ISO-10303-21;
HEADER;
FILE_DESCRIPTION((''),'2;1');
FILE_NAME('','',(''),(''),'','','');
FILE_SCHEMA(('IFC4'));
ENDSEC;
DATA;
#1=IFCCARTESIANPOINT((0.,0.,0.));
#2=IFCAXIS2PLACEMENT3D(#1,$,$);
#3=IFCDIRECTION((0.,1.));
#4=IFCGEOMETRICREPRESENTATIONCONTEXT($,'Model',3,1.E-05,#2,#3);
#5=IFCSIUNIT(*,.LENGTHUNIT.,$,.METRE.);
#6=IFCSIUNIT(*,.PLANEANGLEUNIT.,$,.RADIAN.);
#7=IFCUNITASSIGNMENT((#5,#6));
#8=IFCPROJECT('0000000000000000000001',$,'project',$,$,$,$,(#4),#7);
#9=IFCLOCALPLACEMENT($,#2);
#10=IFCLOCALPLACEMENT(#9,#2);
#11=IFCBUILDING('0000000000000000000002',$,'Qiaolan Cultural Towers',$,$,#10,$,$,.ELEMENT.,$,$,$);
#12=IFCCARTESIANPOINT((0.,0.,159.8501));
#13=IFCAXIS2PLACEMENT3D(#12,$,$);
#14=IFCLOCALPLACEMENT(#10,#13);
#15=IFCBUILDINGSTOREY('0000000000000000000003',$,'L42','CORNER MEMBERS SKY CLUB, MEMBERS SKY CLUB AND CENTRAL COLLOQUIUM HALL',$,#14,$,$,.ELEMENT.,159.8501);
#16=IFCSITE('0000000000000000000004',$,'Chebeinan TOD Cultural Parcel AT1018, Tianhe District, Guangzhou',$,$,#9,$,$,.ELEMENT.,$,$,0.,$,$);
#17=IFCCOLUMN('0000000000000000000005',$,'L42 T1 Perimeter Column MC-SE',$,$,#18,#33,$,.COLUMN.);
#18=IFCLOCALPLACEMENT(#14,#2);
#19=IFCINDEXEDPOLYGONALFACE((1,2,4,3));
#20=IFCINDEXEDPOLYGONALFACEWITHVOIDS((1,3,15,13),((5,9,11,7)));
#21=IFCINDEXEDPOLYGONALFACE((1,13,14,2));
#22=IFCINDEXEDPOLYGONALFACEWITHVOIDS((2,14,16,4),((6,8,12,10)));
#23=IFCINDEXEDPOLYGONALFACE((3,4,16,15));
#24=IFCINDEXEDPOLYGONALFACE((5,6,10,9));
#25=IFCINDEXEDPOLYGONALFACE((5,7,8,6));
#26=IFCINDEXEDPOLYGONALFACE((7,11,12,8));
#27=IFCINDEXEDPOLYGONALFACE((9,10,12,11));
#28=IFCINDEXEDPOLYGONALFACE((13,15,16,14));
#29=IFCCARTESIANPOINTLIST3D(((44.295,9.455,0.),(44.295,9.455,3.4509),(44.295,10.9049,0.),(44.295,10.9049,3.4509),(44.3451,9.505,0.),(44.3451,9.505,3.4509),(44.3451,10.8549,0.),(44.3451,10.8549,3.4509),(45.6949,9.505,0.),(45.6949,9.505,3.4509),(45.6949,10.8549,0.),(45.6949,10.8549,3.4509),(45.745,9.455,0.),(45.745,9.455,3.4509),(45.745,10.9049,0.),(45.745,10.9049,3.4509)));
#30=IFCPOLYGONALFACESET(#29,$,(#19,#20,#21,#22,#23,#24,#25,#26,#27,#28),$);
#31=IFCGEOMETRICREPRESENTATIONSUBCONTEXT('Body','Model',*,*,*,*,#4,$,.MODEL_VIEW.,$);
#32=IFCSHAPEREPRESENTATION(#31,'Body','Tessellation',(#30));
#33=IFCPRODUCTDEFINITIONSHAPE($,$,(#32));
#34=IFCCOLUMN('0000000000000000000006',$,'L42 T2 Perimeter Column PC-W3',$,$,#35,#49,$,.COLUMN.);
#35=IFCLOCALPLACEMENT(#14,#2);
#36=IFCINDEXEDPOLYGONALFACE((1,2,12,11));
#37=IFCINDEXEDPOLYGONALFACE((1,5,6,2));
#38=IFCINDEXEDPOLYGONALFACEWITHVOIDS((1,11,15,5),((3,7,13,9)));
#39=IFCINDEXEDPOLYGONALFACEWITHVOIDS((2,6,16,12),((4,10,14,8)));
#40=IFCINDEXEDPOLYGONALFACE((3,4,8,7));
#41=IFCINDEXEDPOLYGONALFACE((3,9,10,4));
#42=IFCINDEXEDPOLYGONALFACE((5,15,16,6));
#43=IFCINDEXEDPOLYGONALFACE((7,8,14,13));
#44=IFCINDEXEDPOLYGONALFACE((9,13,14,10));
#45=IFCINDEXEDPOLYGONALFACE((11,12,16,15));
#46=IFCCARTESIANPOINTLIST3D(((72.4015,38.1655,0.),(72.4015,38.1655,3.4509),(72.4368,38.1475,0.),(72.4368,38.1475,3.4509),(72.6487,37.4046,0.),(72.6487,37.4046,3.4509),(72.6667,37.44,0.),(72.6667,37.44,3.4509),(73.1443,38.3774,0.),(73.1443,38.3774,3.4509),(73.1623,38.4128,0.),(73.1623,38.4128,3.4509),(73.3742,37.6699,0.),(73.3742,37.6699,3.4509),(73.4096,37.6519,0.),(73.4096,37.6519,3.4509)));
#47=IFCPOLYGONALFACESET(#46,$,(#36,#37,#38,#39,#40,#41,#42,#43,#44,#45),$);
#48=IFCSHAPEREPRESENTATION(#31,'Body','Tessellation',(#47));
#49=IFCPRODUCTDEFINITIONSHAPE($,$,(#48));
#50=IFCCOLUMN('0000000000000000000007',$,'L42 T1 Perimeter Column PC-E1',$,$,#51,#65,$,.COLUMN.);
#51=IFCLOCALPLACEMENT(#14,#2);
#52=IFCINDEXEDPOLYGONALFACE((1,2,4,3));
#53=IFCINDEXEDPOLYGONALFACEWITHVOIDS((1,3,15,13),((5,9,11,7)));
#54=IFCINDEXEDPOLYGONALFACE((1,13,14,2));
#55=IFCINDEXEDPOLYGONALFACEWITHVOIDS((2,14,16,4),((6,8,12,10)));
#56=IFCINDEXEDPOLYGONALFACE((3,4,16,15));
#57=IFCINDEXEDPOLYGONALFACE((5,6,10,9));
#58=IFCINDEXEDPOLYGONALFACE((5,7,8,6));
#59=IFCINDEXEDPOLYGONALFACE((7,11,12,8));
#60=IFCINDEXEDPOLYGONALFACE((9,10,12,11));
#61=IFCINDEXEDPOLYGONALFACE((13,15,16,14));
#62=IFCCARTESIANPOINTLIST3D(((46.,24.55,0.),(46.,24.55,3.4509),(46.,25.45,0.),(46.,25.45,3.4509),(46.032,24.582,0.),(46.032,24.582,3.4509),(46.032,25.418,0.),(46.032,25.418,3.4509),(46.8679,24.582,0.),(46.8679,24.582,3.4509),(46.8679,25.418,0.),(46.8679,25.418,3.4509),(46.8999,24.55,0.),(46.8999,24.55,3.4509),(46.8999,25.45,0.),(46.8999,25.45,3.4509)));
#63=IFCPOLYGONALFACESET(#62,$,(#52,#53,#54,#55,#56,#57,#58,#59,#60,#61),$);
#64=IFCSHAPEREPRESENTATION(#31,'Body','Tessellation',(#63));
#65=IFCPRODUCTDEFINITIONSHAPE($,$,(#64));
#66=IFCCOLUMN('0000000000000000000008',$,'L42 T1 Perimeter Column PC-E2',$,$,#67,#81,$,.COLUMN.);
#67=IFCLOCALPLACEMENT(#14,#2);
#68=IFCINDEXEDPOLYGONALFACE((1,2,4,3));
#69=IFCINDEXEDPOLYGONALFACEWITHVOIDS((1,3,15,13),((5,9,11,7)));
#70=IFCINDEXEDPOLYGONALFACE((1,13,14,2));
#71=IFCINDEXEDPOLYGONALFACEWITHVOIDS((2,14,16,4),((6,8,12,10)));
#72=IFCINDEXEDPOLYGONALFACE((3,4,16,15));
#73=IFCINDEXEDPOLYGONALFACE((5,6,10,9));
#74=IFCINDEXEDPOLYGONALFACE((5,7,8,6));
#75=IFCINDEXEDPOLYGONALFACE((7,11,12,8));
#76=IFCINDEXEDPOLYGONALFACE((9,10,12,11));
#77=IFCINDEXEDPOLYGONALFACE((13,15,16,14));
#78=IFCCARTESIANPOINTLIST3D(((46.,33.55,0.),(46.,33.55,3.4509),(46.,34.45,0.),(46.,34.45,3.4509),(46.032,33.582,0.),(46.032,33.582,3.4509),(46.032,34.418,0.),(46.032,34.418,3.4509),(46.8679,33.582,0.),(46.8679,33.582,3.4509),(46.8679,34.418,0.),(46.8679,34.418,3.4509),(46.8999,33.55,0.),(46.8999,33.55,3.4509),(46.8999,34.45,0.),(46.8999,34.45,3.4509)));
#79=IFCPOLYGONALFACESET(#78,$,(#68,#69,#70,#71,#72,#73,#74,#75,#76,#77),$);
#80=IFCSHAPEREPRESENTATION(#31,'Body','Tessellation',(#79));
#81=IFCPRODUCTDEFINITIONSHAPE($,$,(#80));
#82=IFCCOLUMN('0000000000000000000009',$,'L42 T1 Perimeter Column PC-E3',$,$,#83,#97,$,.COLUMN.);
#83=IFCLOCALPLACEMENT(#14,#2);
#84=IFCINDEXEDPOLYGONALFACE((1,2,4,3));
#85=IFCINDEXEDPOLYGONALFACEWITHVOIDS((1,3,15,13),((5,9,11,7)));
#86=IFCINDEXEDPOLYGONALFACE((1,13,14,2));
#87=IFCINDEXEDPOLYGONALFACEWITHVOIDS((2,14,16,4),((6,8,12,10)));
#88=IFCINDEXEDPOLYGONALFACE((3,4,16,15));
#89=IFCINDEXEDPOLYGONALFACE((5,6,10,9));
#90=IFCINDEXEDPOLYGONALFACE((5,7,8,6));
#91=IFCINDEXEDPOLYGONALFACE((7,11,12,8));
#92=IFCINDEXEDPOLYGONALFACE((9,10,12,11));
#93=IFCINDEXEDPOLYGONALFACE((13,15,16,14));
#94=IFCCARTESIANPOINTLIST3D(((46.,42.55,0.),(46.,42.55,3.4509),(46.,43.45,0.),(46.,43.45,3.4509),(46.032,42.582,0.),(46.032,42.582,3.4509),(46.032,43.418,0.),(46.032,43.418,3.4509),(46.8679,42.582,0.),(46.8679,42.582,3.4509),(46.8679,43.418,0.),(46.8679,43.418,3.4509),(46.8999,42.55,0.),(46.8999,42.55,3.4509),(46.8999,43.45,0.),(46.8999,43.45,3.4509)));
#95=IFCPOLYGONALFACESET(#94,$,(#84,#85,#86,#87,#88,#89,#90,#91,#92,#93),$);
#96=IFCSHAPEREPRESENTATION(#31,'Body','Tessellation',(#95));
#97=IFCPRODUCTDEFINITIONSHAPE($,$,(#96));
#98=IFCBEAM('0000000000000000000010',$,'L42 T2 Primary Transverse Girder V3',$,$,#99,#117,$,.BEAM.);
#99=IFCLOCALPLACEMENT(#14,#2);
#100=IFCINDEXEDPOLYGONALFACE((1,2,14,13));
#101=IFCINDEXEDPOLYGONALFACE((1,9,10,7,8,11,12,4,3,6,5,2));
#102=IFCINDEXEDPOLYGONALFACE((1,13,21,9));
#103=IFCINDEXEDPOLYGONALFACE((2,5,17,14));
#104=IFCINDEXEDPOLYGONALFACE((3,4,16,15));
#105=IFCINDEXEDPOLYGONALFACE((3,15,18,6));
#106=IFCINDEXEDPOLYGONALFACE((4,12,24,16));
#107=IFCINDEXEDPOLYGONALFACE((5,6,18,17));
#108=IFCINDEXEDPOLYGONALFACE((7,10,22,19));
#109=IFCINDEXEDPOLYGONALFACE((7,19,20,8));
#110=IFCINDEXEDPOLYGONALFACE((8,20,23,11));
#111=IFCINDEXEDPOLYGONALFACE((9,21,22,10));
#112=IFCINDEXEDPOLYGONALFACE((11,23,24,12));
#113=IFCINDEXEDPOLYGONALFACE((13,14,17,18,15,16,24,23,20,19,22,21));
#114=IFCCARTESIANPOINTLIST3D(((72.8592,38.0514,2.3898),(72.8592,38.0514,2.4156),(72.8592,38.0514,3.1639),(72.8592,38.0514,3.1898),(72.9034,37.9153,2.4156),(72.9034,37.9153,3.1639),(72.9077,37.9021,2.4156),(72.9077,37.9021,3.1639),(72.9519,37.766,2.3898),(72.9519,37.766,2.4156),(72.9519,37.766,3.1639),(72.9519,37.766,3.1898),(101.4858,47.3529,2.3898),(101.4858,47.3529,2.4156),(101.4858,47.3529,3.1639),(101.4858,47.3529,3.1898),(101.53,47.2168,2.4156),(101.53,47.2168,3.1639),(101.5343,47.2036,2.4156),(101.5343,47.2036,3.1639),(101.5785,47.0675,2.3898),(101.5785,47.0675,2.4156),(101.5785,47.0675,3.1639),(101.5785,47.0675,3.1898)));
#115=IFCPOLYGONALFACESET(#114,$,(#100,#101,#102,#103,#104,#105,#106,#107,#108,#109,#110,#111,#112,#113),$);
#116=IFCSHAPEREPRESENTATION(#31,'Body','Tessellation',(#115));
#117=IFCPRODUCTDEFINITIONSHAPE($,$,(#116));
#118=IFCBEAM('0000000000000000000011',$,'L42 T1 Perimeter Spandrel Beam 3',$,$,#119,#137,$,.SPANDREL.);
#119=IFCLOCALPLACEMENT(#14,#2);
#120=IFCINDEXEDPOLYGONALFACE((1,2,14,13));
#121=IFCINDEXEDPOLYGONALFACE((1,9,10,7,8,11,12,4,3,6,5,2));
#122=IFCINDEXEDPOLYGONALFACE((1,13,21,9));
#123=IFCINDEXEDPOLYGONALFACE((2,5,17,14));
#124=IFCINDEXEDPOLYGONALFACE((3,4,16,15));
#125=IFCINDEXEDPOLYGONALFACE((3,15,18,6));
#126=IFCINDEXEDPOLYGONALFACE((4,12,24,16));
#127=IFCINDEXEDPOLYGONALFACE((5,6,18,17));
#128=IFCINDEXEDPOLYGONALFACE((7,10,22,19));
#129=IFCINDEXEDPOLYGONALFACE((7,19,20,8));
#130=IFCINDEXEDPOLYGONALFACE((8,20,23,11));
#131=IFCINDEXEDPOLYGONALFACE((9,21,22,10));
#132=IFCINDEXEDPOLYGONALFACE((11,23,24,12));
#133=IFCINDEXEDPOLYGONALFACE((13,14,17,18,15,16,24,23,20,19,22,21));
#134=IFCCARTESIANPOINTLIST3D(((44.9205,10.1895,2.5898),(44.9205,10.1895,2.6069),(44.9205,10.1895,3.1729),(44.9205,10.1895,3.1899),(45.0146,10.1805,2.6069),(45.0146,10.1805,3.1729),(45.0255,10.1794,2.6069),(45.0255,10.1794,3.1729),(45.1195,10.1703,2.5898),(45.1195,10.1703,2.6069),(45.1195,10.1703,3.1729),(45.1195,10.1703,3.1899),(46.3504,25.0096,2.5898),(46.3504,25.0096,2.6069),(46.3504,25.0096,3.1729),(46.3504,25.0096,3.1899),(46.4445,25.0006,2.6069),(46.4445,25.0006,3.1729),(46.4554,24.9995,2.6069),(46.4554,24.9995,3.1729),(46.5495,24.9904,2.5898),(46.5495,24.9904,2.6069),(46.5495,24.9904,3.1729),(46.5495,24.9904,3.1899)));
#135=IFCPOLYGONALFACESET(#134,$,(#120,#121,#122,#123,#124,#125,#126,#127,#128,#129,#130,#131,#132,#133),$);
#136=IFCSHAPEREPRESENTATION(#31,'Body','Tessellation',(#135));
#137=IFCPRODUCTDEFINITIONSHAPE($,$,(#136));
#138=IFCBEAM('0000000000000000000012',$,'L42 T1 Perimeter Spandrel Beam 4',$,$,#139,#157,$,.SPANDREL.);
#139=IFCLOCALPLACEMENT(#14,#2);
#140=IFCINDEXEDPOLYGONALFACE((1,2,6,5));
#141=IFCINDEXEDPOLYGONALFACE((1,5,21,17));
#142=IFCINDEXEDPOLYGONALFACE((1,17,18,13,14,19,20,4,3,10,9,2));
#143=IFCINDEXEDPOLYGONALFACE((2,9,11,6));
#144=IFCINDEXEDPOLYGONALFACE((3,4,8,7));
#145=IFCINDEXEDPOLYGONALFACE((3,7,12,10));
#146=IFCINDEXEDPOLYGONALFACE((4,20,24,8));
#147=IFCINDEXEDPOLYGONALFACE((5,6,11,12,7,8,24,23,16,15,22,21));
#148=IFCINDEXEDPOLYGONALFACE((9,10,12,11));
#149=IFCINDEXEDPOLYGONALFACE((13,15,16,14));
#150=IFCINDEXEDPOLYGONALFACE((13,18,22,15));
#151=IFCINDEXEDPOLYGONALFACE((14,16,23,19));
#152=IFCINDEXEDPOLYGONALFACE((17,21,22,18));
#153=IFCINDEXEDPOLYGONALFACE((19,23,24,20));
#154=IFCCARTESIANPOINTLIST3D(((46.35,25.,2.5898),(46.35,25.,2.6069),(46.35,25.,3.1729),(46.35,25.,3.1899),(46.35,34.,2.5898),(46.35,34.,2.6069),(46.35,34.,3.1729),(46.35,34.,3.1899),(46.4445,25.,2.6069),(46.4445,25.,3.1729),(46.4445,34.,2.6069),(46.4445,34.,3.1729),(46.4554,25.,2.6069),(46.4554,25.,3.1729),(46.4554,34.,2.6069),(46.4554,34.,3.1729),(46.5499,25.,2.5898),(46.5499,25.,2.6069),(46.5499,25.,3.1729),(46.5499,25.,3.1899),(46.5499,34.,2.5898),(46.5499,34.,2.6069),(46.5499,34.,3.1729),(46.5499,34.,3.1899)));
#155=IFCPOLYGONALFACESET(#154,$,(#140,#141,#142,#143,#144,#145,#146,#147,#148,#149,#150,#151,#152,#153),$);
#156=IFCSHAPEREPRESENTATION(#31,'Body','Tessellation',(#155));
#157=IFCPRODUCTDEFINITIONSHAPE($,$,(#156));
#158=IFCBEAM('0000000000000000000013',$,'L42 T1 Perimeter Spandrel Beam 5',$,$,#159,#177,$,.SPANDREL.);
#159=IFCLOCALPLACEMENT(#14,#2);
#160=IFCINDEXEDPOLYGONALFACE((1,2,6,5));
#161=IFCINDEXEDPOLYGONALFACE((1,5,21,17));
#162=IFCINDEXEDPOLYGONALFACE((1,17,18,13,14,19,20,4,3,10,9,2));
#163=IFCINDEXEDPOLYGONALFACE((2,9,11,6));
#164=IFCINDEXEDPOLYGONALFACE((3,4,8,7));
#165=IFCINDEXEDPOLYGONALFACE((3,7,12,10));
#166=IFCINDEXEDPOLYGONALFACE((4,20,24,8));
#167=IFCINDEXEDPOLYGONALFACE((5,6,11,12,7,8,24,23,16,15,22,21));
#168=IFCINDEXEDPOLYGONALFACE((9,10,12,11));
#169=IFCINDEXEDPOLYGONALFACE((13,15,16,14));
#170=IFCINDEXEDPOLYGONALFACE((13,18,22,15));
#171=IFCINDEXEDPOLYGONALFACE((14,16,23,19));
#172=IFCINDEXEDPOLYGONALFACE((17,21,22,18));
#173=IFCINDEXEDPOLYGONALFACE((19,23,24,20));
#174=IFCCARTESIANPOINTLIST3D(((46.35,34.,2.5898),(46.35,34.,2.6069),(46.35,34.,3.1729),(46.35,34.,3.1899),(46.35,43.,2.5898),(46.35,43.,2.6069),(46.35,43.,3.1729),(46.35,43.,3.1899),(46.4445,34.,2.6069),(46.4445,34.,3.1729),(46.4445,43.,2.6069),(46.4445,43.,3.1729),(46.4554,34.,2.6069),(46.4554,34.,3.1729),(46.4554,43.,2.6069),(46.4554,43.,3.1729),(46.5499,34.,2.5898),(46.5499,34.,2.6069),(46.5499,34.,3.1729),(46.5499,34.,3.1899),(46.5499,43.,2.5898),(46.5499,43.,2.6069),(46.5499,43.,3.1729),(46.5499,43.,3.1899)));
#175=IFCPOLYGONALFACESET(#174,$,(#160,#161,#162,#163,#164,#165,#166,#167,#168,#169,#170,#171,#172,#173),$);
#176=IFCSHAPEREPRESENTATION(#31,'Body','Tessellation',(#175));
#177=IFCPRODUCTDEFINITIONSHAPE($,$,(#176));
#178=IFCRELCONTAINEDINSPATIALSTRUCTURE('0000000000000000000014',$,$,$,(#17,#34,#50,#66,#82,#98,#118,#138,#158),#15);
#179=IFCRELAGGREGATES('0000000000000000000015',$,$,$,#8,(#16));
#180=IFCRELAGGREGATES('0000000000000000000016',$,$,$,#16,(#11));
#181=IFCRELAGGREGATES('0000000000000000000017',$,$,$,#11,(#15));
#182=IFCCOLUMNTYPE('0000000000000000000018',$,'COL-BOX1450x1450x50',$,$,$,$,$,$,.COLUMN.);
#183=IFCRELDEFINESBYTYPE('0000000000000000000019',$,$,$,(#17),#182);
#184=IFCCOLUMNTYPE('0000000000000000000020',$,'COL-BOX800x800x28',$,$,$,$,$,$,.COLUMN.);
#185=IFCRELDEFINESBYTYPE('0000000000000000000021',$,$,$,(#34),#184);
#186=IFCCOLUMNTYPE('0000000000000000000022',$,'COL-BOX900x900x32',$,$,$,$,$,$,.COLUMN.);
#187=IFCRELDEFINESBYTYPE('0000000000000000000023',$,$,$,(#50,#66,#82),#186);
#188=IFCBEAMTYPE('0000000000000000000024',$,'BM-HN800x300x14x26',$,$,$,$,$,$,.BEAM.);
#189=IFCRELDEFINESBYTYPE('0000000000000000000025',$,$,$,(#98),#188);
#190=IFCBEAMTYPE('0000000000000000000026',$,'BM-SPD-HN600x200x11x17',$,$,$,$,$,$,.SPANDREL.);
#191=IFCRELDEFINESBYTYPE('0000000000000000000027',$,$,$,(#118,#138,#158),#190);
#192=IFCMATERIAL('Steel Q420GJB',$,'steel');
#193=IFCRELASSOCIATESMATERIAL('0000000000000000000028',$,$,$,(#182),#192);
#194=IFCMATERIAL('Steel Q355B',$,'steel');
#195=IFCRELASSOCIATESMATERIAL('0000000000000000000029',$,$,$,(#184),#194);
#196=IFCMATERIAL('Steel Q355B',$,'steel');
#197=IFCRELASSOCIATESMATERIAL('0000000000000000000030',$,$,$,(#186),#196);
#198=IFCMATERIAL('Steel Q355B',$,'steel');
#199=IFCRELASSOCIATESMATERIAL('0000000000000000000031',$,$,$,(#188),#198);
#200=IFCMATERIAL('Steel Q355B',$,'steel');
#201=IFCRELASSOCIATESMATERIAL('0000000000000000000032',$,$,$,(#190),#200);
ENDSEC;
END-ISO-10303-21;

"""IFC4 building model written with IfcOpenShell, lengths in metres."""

from ifc_helpers import new_model, si_unit, direction, frame, origin, origin_2d, place, context, subcontext, project, spatial, hollow_rectangle, i_section, extrude, material, material_profile, profile_set, type_object, element, save


model = new_model("IFC4")

# Units and contexts
model_context = context("Model", 3, precision=1e-05, world=origin(), true_north=direction((0.0, 1.0)))
body_context = subcontext(model_context, "Body", "Model", "MODEL_VIEW")
ifc_project = project(units=[si_unit("LENGTHUNIT", "METRE"), si_unit("PLANEANGLEUNIT", "RADIAN")], contexts=[model_context])

# Site, building, storey
site_placement = place(None, origin())
site = spatial("IfcSite", under=ifc_project, at=site_placement, Name="Chebeinan TOD Cultural Parcel AT1018, Tianhe District, Guangzhou", CompositionType="ELEMENT", RefElevation=0.0)
building_placement = place(site_placement, origin())
building = spatial("IfcBuilding", under=site, at=building_placement, Name="Qiaolan Cultural Towers", CompositionType="ELEMENT")
storey_placement = place(building_placement, frame((0.0, 0.0, 159.8501)))
storey = spatial("IfcBuildingStorey", under=building, at=storey_placement, Name="L42", Description="CORNER MEMBERS SKY CLUB, MEMBERS SKY CLUB AND CENTRAL COLLOQUIUM HALL", CompositionType="ELEMENT", Elevation=159.8501)

# Columns
ifc_material_1 = material(Name="Steel Q420GJB", Category="steel")
ifc_material_profile_1 = material_profile(ifc_material_1, hollow_rectangle(XDim=1.45, YDim=1.45, WallThickness=0.05, at=origin_2d()), Name="BOX1450x1450x50")
ifc_profile_set_1 = profile_set([ifc_material_profile_1], Name="Steel Q420GJB")
column_type_1 = type_object("IfcColumnType", Name="COL-BOX1450x1450x50", PredefinedType="COLUMN", material=ifc_profile_set_1)
column_1_placement = place(storey_placement, frame((45.02, 10.1799, 0.0), z_axis=(0.0, 0.0, 1.0), x_axis=(1.0, 0.0, 0.0)))
element("IfcColumn", 1, at=column_1_placement, inside=storey, type_object=column_type_1, Name="L42 T1 Perimeter Column MC-SE", PredefinedType="COLUMN", context=body_context, shape_type="SweptSolid", body=[
    extrude(hollow_rectangle(XDim=1.45, YDim=1.45, WallThickness=0.05, at=origin_2d()), origin(), (0.0, 0.0, 1.0), 3.4509),
])
ifc_material_2 = material(Name="Steel Q355B", Category="steel")
ifc_material_profile_2 = material_profile(ifc_material_2, hollow_rectangle(XDim=0.8, YDim=0.8, WallThickness=0.0281, at=origin_2d()), Name="BOX800x800x28")
ifc_profile_set_2 = profile_set([ifc_material_profile_2], Name="Steel Q355B")
column_type_2 = type_object("IfcColumnType", Name="COL-BOX800x800x28", PredefinedType="COLUMN", material=ifc_profile_set_2)
column_2_placement = place(storey_placement, frame((72.9055, 37.9087, 0.0), z_axis=(0.0, 0.0, 1.0), x_axis=(0.951057, 0.309017, 0.0)))
element("IfcColumn", 2, at=column_2_placement, inside=storey, type_object=column_type_2, Name="L42 T2 Perimeter Column PC-W3", PredefinedType="COLUMN", context=body_context, shape_type="SweptSolid", body=[
    extrude(hollow_rectangle(XDim=0.8, YDim=0.8, WallThickness=0.0281, at=origin_2d()), origin(), (0.0, 0.0, 1.0), 3.4509),
])
ifc_material_3 = material(Name="Steel Q355B", Category="steel")
ifc_material_profile_3 = material_profile(ifc_material_3, hollow_rectangle(XDim=0.8999, YDim=0.8999, WallThickness=0.032, at=origin_2d()), Name="BOX900x900x32")
ifc_profile_set_3 = profile_set([ifc_material_profile_3], Name="Steel Q355B")
column_type_3 = type_object("IfcColumnType", Name="COL-BOX900x900x32", PredefinedType="COLUMN", material=ifc_profile_set_3)
for number, where, z_axis, x_axis, name in (
    (3, (46.45, 25.0, 0.0), (0.0, 0.0, 1.0), (1.0, 0.0, 0.0), "L42 T1 Perimeter Column PC-E1"),
    (4, (46.45, 34.0, 0.0), (0.0, 0.0, 1.0), (1.0, 0.0, 0.0), "L42 T1 Perimeter Column PC-E2"),
    (5, (46.45, 43.0, 0.0), (0.0, 0.0, 1.0), (1.0, 0.0, 0.0), "L42 T1 Perimeter Column PC-E3"),
):
    element("IfcColumn", number, at=place(storey_placement, frame(where, z_axis=z_axis, x_axis=x_axis)), inside=storey, type_object=column_type_3, Name=name, PredefinedType="COLUMN", context=body_context, shape_type="SweptSolid", body=[
        extrude(hollow_rectangle(XDim=0.8999, YDim=0.8999, WallThickness=0.032, at=origin_2d()), origin(), (0.0, 0.0, 1.0), 3.4509),
    ])

# Beams
ifc_material_4 = material(Name="Steel Q355B", Category="steel")
ifc_material_profile_4 = material_profile(ifc_material_4, i_section(OverallWidth=0.3, OverallDepth=0.8, WebThickness=0.0139, FlangeThickness=0.0259, at=origin_2d()), Name="HN800x300x14x26")
ifc_profile_set_4 = profile_set([ifc_material_profile_4], Name="Steel Q355B")
beam_type_1 = type_object("IfcBeamType", Name="BM-HN800x300x14x26", PredefinedType="BEAM", material=ifc_profile_set_4)
beam_1_placement = place(storey_placement, frame((72.9055, 37.9087, 2.7898), z_axis=(0.951055, 0.309021, 0.0), x_axis=(-0.309021, 0.951055, 0.0)))
element("IfcBeam", 6, at=beam_1_placement, inside=storey, type_object=beam_type_1, Name="L42 T2 Primary Transverse Girder V3", PredefinedType="BEAM", context=body_context, shape_type="SweptSolid", body=[
    extrude(i_section(OverallWidth=0.3, OverallDepth=0.8, WebThickness=0.0139, FlangeThickness=0.0259, at=origin_2d()), origin(), (0.0, 0.0, 1.0), 30.0999),
])
ifc_material_5 = material(Name="Steel Q355B", Category="steel")
ifc_material_profile_5 = material_profile(ifc_material_5, i_section(OverallWidth=0.2, OverallDepth=0.6001, WebThickness=0.011, FlangeThickness=0.0171, at=origin_2d()), Name="HN600x200x11x17")
ifc_profile_set_5 = profile_set([ifc_material_profile_5], Name="Steel Q355B")
beam_type_2 = type_object("IfcBeamType", Name="BM-SPD-HN600x200x11x17", PredefinedType="SPANDREL", material=ifc_profile_set_5)
beam_2_placement = place(storey_placement, frame((45.02, 10.1799, 2.8899), z_axis=(0.09604, 0.995377, 0.0), x_axis=(-0.995377, 0.09604, 0.0)))
element("IfcBeam", 7, at=beam_2_placement, inside=storey, type_object=beam_type_2, Name="L42 T1 Perimeter Spandrel Beam 3", PredefinedType="SPANDREL", context=body_context, shape_type="SweptSolid", body=[
    extrude(i_section(OverallWidth=0.2, OverallDepth=0.6001, WebThickness=0.011, FlangeThickness=0.0171, at=origin_2d()), origin(), (0.0, 0.0, 1.0), 14.8889),
])
for number, where, z_axis, x_axis, name in (
    (8, (46.45, 25.0, 2.8899), (0.0, 1.0, 0.0), (-1.0, 0.0, 0.0), "L42 T1 Perimeter Spandrel Beam 4"),
    (9, (46.45, 34.0, 2.8899), (0.0, 1.0, 0.0), (-1.0, 0.0, 0.0), "L42 T1 Perimeter Spandrel Beam 5"),
):
    element("IfcBeam", number, at=place(storey_placement, frame(where, z_axis=z_axis, x_axis=x_axis)), inside=storey, type_object=beam_type_2, Name=name, PredefinedType="SPANDREL", context=body_context, shape_type="SweptSolid", body=[
        extrude(i_section(OverallWidth=0.2, OverallDepth=0.6001, WebThickness=0.011, FlangeThickness=0.0171, at=origin_2d()), origin(), (0.0, 0.0, 1.0), 9.0),
    ])

save(model, "model.ifc")
